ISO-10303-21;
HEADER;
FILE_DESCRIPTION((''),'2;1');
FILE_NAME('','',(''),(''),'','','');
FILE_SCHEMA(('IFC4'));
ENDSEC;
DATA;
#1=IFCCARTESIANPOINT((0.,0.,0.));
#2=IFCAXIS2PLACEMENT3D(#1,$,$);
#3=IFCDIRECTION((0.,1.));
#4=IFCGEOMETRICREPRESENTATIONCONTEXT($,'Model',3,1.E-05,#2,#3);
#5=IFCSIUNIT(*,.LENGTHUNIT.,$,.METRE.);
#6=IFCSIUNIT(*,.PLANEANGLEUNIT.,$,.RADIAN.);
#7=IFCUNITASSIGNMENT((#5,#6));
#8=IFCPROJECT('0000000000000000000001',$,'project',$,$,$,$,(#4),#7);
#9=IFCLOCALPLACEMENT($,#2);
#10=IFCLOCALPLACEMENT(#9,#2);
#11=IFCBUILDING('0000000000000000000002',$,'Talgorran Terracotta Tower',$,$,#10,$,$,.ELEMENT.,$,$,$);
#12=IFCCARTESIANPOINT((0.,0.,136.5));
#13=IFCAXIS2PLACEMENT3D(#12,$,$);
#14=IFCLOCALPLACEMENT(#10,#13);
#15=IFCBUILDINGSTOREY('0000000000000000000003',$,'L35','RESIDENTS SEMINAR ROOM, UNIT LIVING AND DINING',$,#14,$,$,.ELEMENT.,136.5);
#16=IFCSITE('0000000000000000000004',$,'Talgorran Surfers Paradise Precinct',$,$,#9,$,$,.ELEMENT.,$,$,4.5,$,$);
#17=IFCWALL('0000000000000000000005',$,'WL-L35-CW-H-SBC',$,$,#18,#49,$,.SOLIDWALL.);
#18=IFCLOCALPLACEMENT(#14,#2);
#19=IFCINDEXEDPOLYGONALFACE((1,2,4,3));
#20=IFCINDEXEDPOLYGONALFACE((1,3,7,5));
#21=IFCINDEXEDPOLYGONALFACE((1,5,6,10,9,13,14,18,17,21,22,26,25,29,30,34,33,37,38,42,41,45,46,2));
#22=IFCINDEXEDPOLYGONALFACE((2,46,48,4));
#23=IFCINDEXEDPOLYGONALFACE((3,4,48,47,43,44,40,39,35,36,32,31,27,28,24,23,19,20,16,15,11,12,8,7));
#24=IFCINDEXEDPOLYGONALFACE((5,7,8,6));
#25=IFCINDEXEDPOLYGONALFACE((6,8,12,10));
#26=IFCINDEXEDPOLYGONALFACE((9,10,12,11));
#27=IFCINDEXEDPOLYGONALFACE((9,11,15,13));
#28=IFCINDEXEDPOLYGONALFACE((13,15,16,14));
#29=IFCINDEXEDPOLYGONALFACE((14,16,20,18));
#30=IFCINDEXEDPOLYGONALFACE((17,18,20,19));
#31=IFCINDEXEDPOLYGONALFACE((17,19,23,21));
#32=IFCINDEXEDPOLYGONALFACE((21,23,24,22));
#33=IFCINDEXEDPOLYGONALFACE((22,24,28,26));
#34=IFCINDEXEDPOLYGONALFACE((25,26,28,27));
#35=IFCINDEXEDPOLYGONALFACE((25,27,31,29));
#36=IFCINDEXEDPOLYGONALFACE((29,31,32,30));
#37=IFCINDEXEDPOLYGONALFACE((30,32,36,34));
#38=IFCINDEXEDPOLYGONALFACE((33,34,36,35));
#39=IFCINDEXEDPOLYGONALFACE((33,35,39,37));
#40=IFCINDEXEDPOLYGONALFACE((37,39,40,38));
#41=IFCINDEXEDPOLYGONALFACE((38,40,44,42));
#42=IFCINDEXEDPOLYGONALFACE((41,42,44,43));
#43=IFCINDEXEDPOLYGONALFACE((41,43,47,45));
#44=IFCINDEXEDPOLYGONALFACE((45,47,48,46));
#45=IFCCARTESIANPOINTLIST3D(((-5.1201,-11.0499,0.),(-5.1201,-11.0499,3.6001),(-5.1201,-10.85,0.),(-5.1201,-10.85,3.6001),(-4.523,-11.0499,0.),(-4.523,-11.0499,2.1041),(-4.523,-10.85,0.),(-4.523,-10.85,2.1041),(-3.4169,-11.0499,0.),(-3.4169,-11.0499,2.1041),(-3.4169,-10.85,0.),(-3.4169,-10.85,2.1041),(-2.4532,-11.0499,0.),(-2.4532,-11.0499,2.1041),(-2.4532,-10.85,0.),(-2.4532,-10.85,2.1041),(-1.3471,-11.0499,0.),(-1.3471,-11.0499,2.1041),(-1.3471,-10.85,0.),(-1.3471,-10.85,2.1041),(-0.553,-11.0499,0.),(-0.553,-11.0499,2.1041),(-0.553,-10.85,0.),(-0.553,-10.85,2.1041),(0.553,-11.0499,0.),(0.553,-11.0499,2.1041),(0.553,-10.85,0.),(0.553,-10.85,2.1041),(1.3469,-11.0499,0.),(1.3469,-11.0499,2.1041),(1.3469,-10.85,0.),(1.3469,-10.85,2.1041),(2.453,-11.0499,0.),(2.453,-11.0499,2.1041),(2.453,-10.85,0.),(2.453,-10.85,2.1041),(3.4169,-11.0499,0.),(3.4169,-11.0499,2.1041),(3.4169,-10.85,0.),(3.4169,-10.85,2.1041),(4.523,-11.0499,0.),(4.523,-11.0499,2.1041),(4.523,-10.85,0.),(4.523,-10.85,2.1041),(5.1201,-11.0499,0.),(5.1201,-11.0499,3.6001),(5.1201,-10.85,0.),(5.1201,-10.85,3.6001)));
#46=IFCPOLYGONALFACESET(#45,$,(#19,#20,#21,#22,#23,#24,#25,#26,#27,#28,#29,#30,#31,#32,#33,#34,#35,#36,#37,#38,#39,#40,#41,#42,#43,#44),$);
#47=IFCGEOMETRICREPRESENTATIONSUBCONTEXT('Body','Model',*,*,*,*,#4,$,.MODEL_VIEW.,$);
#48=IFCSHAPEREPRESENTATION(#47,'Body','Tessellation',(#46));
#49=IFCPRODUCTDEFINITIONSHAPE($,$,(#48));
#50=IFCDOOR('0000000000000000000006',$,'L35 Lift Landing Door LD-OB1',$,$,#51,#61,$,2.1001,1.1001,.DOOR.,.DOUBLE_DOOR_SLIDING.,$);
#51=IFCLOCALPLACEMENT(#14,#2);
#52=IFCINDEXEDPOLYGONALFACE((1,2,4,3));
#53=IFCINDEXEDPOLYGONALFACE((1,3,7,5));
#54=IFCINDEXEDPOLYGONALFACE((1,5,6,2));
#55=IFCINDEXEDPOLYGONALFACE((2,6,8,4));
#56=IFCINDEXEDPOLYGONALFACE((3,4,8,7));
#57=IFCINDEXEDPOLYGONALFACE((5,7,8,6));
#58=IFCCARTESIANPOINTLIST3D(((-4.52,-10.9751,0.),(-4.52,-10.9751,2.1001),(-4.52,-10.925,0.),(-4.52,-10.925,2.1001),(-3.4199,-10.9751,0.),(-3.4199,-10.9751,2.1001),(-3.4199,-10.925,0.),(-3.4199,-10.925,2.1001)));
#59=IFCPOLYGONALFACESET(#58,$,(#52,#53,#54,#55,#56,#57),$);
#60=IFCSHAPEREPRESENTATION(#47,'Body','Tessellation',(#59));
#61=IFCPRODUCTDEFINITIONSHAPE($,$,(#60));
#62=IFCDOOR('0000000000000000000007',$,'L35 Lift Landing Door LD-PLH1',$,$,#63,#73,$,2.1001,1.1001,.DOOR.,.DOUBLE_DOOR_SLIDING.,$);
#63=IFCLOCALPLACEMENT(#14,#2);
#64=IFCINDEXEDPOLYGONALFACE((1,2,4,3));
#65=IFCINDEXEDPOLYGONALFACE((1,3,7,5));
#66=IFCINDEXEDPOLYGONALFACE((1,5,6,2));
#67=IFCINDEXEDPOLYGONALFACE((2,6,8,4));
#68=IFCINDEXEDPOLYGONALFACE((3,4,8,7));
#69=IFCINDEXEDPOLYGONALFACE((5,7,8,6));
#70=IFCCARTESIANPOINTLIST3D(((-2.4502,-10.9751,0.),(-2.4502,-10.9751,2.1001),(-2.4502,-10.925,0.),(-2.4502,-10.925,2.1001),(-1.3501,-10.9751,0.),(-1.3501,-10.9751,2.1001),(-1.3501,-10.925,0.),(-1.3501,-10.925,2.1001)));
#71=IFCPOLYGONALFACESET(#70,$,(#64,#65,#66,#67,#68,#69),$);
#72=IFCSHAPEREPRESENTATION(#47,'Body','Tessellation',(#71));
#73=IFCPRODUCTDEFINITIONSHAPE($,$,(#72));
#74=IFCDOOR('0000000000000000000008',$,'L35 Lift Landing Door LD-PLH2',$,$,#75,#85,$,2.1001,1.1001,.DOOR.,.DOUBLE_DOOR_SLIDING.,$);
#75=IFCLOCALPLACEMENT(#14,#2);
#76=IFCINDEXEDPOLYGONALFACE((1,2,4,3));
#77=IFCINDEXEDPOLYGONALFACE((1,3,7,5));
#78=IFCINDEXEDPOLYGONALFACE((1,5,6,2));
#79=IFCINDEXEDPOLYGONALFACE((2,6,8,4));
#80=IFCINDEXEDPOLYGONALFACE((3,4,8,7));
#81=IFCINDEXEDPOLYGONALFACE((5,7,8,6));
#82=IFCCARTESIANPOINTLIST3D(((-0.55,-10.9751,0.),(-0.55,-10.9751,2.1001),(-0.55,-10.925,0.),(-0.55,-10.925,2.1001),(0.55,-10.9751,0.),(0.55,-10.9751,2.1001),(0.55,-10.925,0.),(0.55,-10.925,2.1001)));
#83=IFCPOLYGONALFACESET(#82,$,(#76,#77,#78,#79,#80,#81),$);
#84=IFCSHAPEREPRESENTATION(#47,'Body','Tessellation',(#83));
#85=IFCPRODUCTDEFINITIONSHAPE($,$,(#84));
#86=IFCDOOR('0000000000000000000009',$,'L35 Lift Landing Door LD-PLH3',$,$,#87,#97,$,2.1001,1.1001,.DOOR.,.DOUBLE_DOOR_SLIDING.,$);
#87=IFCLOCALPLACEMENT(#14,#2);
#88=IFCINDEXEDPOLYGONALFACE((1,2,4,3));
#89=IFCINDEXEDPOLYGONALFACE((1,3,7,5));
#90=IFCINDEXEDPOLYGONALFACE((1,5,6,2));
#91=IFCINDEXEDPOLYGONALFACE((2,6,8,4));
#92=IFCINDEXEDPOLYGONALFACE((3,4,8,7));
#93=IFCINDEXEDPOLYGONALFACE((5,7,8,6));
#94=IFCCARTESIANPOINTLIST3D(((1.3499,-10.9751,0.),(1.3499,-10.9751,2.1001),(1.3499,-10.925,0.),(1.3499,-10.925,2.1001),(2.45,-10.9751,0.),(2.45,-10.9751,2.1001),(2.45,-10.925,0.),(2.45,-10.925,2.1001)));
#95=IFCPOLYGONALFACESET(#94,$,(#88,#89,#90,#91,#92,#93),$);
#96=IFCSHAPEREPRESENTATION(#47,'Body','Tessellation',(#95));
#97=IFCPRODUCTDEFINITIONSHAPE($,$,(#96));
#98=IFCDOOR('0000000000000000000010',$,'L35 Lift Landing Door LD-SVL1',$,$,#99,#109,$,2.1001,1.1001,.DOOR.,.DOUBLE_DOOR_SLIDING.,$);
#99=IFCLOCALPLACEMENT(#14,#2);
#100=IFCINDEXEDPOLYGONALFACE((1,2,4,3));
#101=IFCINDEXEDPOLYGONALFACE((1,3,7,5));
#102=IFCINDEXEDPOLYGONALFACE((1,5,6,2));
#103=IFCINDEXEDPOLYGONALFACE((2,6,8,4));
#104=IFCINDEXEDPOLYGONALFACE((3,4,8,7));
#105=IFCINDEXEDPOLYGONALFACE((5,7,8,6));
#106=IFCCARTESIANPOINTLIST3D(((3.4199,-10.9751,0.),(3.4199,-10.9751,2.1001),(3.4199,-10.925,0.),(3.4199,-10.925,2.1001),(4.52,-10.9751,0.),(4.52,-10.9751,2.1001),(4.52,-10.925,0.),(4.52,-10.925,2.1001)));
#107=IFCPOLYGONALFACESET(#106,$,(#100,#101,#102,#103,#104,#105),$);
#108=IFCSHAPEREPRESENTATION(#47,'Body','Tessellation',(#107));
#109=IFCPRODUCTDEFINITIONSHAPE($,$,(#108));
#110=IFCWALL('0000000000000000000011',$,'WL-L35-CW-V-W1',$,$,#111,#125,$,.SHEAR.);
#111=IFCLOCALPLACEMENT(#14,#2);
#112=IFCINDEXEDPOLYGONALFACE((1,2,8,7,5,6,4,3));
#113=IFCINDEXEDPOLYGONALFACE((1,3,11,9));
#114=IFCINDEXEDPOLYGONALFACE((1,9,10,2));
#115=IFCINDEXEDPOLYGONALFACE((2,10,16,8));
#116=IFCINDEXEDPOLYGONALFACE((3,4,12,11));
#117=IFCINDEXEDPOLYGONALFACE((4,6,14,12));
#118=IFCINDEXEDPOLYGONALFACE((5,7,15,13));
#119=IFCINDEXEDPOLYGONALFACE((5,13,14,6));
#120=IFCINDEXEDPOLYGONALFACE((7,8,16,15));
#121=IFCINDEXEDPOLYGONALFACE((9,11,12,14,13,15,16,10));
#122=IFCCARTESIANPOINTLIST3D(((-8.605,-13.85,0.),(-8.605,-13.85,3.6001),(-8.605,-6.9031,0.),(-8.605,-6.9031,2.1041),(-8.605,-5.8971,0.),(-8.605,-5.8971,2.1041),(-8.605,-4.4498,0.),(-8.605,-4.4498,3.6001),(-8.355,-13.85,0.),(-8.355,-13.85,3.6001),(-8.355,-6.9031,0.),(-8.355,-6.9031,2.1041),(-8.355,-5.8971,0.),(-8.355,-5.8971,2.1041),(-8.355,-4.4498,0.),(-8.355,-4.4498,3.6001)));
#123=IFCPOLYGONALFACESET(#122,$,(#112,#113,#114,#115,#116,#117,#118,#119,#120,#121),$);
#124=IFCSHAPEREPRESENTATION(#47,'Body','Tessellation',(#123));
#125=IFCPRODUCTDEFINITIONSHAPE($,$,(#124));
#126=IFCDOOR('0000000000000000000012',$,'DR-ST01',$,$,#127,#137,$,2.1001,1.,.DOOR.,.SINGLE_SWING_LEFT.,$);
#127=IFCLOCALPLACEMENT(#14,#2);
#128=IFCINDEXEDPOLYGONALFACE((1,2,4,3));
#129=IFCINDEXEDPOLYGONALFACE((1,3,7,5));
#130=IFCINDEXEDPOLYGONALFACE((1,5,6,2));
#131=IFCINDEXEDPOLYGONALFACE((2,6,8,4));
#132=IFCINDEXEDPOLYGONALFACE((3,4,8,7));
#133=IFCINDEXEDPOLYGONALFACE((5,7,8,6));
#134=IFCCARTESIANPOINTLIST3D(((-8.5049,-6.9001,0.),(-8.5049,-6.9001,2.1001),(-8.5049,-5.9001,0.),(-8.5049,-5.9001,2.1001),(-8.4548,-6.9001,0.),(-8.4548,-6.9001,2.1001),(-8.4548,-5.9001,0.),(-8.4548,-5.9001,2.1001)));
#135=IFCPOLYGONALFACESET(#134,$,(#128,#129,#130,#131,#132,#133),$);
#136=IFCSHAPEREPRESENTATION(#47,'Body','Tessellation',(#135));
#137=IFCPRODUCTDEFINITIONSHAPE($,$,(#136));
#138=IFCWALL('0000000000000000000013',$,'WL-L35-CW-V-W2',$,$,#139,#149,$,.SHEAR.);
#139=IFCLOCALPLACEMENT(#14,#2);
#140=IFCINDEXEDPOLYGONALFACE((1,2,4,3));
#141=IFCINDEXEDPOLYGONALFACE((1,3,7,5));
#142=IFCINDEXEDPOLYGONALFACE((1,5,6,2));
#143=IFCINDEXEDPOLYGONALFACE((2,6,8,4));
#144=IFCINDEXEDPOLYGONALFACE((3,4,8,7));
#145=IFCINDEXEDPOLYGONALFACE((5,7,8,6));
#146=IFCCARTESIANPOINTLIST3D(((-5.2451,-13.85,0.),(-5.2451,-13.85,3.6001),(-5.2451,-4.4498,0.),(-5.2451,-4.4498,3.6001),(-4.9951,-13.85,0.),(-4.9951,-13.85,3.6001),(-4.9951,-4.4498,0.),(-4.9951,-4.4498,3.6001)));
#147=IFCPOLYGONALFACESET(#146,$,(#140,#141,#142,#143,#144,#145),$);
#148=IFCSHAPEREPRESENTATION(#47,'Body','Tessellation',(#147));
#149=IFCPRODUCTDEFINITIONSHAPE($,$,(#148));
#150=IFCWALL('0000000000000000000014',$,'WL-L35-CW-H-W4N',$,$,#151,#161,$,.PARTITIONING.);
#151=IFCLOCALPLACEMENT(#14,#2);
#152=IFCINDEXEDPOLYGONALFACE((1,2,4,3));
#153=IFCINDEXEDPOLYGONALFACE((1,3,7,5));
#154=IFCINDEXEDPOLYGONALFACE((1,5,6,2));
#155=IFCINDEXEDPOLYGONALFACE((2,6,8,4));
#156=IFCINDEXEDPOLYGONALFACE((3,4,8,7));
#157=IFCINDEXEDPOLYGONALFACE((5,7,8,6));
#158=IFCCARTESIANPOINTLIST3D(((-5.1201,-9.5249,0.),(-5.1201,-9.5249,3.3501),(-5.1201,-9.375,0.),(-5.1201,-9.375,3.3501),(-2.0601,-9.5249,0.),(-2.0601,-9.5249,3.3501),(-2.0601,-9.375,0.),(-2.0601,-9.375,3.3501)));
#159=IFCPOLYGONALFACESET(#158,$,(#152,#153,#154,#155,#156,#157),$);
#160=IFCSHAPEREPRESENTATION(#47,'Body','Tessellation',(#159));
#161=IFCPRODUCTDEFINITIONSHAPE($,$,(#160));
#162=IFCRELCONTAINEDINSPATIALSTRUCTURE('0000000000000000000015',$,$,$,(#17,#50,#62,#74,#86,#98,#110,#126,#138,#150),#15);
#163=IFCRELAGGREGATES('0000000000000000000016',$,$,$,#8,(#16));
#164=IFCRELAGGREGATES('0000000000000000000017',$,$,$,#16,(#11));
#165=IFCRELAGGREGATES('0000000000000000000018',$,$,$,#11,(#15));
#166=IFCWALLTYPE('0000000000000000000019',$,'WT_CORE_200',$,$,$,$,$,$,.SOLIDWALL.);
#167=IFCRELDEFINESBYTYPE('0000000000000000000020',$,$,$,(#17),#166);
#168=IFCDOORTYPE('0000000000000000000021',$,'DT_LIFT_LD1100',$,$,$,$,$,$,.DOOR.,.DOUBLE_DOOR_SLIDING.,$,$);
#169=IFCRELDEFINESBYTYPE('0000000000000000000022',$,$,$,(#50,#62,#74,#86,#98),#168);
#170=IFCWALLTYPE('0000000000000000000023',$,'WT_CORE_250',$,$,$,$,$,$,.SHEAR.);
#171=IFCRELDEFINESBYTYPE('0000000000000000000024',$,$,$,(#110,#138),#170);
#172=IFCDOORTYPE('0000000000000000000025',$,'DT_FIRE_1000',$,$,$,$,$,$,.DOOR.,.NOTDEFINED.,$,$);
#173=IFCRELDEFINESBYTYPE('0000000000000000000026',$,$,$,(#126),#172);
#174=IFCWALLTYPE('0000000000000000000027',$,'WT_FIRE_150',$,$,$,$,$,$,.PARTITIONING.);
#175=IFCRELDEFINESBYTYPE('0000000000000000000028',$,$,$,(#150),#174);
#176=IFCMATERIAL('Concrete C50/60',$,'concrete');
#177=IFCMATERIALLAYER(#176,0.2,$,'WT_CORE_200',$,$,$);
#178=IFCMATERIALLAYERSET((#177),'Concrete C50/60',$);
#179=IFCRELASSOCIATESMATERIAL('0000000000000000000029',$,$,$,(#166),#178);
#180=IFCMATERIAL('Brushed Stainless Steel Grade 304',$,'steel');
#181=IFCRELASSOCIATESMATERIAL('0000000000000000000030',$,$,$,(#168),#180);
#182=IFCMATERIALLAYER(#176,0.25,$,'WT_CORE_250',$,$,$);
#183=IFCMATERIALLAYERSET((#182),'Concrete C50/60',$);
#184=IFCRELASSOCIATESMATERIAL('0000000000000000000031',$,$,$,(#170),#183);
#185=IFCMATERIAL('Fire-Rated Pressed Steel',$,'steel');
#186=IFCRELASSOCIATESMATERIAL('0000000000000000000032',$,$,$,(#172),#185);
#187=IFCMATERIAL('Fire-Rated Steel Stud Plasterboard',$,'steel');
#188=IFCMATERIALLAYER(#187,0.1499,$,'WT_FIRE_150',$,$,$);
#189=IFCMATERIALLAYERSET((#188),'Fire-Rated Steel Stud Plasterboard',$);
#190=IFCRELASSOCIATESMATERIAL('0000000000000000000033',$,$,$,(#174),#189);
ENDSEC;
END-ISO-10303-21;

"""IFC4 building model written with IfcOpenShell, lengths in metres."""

from ifc_helpers import new_model, si_unit, direction, frame, frame_2d, origin, place, context, subcontext, project, spatial, rectangle, extrude, material, layer, layer_set, type_object, element, fill, save


model = new_model("IFC4")

# Units and contexts
model_context = context("Model", 3, precision=1e-05, world=origin(), true_north=direction((0.0, 1.0)))
body_context = subcontext(model_context, "Body", "Model", "MODEL_VIEW")
ifc_project = project(units=[si_unit("LENGTHUNIT", "METRE"), si_unit("PLANEANGLEUNIT", "RADIAN")], contexts=[model_context])

# Site, building, storey
site_placement = place(None, origin())
site = spatial("IfcSite", under=ifc_project, at=site_placement, Name="Talgorran Surfers Paradise Precinct", CompositionType="ELEMENT", RefElevation=4.5)
building_placement = place(site_placement, origin())
building = spatial("IfcBuilding", under=site, at=building_placement, Name="Talgorran Terracotta Tower", CompositionType="ELEMENT")
storey_placement = place(building_placement, frame((0.0, 0.0, 136.5)))
storey = spatial("IfcBuildingStorey", under=building, at=storey_placement, Name="L35", Description="RESIDENTS SEMINAR ROOM, UNIT LIVING AND DINING", CompositionType="ELEMENT", Elevation=136.5)

# Shared definitions
ifc_material_1 = material(Name="Concrete C50/60", Category="concrete")

# Wall, openings, doors
ifc_layer_1 = layer(ifc_material_1, 0.2, Name="WT_CORE_200")
ifc_layer_set_1 = layer_set([ifc_layer_1], Name="Concrete C50/60")
wall_type_1 = type_object("IfcWallType", Name="WT_CORE_200", PredefinedType="SOLIDWALL", material=ifc_layer_set_1)
ifc_material_2 = material(Name="Brushed Stainless Steel Grade 304", Category="steel")
door_type_1 = type_object("IfcDoorType", Name="DT_LIFT_LD1100", OperationType="DOUBLE_DOOR_SLIDING", PredefinedType="DOOR", material=ifc_material_2)
ifc_material_3 = material(Name="Fire-Rated Pressed Steel", Category="steel")
wall_1_placement = place(storey_placement, frame((-5.1201, -10.95, 0.0), z_axis=(0.0, 0.0, 1.0), x_axis=(1.0, 0.0, 0.0)))
wall_1 = element("IfcWall", 1, at=wall_1_placement, inside=storey, type_object=wall_type_1, Name="WL-L35-CW-H-SBC", PredefinedType="SOLIDWALL", context=body_context, shape_type="SweptSolid", body=[
    extrude(rectangle(XDim=10.2402, YDim=0.2, at=frame_2d((5.1201, 0.0))), origin(), (0.0, 0.0, 1.0), 3.6001),
])
opening_1_placement = place(wall_1_placement, frame((0.6001, 0.0, 0.0)))
opening_1 = element("IfcOpeningElement", 2, at=opening_1_placement, cuts=wall_1, PredefinedType="OPENING", context=body_context, shape_type="SweptSolid", body=[
    extrude(rectangle(XDim=1.1061, YDim=2.1041, at=frame_2d((0.55, 1.052))), frame((0.0, 0.1099, 0.0), z_axis=(0.0, -1.0, 0.0), x_axis=(1.0, 0.0, 0.0)), (0.0, 0.0, 1.0), 0.22),
])
opening_2_placement = place(wall_1_placement, frame((2.6699, 0.0, 0.0)))
opening_2 = element("IfcOpeningElement", 3, at=opening_2_placement, cuts=wall_1, PredefinedType="OPENING", context=body_context, shape_type="SweptSolid", body=[
    extrude(rectangle(XDim=1.1061, YDim=2.1041, at=frame_2d((0.55, 1.052))), frame((0.0, 0.1099, 0.0), z_axis=(0.0, -1.0, 0.0), x_axis=(1.0, 0.0, 0.0)), (0.0, 0.0, 1.0), 0.22),
])
opening_3_placement = place(wall_1_placement, frame((4.5701, 0.0, 0.0)))
opening_3 = element("IfcOpeningElement", 4, at=opening_3_placement, cuts=wall_1, PredefinedType="OPENING", context=body_context, shape_type="SweptSolid", body=[
    extrude(rectangle(XDim=1.1061, YDim=2.1041, at=frame_2d((0.55, 1.052))), frame((0.0, 0.1099, 0.0), z_axis=(0.0, -1.0, 0.0), x_axis=(1.0, 0.0, 0.0)), (0.0, 0.0, 1.0), 0.22),
])
opening_4_placement = place(wall_1_placement, frame((6.47, 0.0, 0.0)))
opening_4 = element("IfcOpeningElement", 5, at=opening_4_placement, cuts=wall_1, PredefinedType="OPENING", context=body_context, shape_type="SweptSolid", body=[
    extrude(rectangle(XDim=1.1061, YDim=2.1041, at=frame_2d((0.55, 1.052))), frame((0.0, 0.1099, 0.0), z_axis=(0.0, -1.0, 0.0), x_axis=(1.0, 0.0, 0.0)), (0.0, 0.0, 1.0), 0.22),
])
opening_5_placement = place(wall_1_placement, frame((8.54, 0.0, 0.0)))
opening_5 = element("IfcOpeningElement", 6, at=opening_5_placement, cuts=wall_1, PredefinedType="OPENING", context=body_context, shape_type="SweptSolid", body=[
    extrude(rectangle(XDim=1.1061, YDim=2.1041, at=frame_2d((0.55, 1.052))), frame((0.0, 0.1099, 0.0), z_axis=(0.0, -1.0, 0.0), x_axis=(1.0, 0.0, 0.0)), (0.0, 0.0, 1.0), 0.22),
])
door_1_placement = place(opening_1_placement, origin())
door_1 = element("IfcDoor", 7, at=door_1_placement, inside=storey, type_object=door_type_1, Name="L35 Lift Landing Door LD-OB1", OperationType="DOUBLE_DOOR_SLIDING", OverallHeight=2.1001, OverallWidth=1.1001, PredefinedType="DOOR", context=body_context, shape_type="SweptSolid", body=[
    extrude(rectangle(XDim=1.1001, YDim=2.1001, at=frame_2d((0.55, 1.05))), frame((0.0, 0.0249, 0.0), z_axis=(0.0, -1.0, 0.0), x_axis=(1.0, 0.0, 0.0)), (0.0, 0.0, 1.0), 0.05),
])
fill(opening_1, door_1)
door_2_placement = place(opening_2_placement, origin())
door_2 = element("IfcDoor", 8, at=door_2_placement, inside=storey, type_object=door_type_1, Name="L35 Lift Landing Door LD-PLH1", OperationType="DOUBLE_DOOR_SLIDING", OverallHeight=2.1001, OverallWidth=1.1001, PredefinedType="DOOR", context=body_context, shape_type="SweptSolid", body=[
    extrude(rectangle(XDim=1.1001, YDim=2.1001, at=frame_2d((0.55, 1.05))), frame((0.0, 0.0249, 0.0), z_axis=(0.0, -1.0, 0.0), x_axis=(1.0, 0.0, 0.0)), (0.0, 0.0, 1.0), 0.05),
])
fill(opening_2, door_2)
door_3_placement = place(opening_3_placement, origin())
door_3 = element("IfcDoor", 9, at=door_3_placement, inside=storey, type_object=door_type_1, Name="L35 Lift Landing Door LD-PLH2", OperationType="DOUBLE_DOOR_SLIDING", OverallHeight=2.1001, OverallWidth=1.1001, PredefinedType="DOOR", context=body_context, shape_type="SweptSolid", body=[
    extrude(rectangle(XDim=1.1001, YDim=2.1001, at=frame_2d((0.55, 1.05))), frame((0.0, 0.0249, 0.0), z_axis=(0.0, -1.0, 0.0), x_axis=(1.0, 0.0, 0.0)), (0.0, 0.0, 1.0), 0.05),
])
fill(opening_3, door_3)
door_4_placement = place(opening_4_placement, origin())
door_4 = element("IfcDoor", 10, at=door_4_placement, inside=storey, type_object=door_type_1, Name="L35 Lift Landing Door LD-PLH3", OperationType="DOUBLE_DOOR_SLIDING", OverallHeight=2.1001, OverallWidth=1.1001, PredefinedType="DOOR", context=body_context, shape_type="SweptSolid", body=[
    extrude(rectangle(XDim=1.1001, YDim=2.1001, at=frame_2d((0.55, 1.05))), frame((0.0, 0.0249, 0.0), z_axis=(0.0, -1.0, 0.0), x_axis=(1.0, 0.0, 0.0)), (0.0, 0.0, 1.0), 0.05),
])
fill(opening_4, door_4)
door_5_placement = place(opening_5_placement, origin())
door_5 = element("IfcDoor", 11, at=door_5_placement, inside=storey, type_object=door_type_1, Name="L35 Lift Landing Door LD-SVL1", OperationType="DOUBLE_DOOR_SLIDING", OverallHeight=2.1001, OverallWidth=1.1001, PredefinedType="DOOR", context=body_context, shape_type="SweptSolid", body=[
    extrude(rectangle(XDim=1.1001, YDim=2.1001, at=frame_2d((0.55, 1.05))), frame((0.0, 0.0249, 0.0), z_axis=(0.0, -1.0, 0.0), x_axis=(1.0, 0.0, 0.0)), (0.0, 0.0, 1.0), 0.05),
])
fill(opening_5, door_5)

# Wall, opening, door
ifc_layer_2 = layer(ifc_material_1, 0.25, Name="WT_CORE_250")
ifc_layer_set_2 = layer_set([ifc_layer_2], Name="Concrete C50/60")
wall_type_2 = type_object("IfcWallType", Name="WT_CORE_250", PredefinedType="SHEAR", material=ifc_layer_set_2)
wall_2_placement = place(storey_placement, frame((-8.48, -13.8501, 0.0), z_axis=(0.0, 0.0, 1.0), x_axis=(0.0, 1.0, 0.0)))
wall_2 = element("IfcWall", 12, at=wall_2_placement, inside=storey, type_object=wall_type_2, Name="WL-L35-CW-V-W1", PredefinedType="SHEAR", context=body_context, shape_type="SweptSolid", body=[
    extrude(rectangle(XDim=9.4001, YDim=0.25, at=frame_2d((4.7002, 0.0))), origin(), (0.0, 0.0, 1.0), 3.6001),
])
opening_6_placement = place(wall_2_placement, frame((6.95, 0.0, 0.0)))
opening_6 = element("IfcOpeningElement", 13, at=opening_6_placement, cuts=wall_2, PredefinedType="OPENING", context=body_context, shape_type="SweptSolid", body=[
    extrude(rectangle(XDim=1.006, YDim=2.1041, at=frame_2d((0.5, 1.052))), frame((0.0, 0.135, 0.0), z_axis=(0.0, -1.0, 0.0), x_axis=(1.0, 0.0, 0.0)), (0.0, 0.0, 1.0), 0.27),
])
door_type_2 = type_object("IfcDoorType", Name="DT_FIRE_1000", OperationType="NOTDEFINED", PredefinedType="DOOR", material=ifc_material_3)
door_6_placement = place(opening_6_placement, origin())
door_6 = element("IfcDoor", 14, at=door_6_placement, inside=storey, type_object=door_type_2, Name="DR-ST01", OperationType="SINGLE_SWING_LEFT", OverallHeight=2.1001, OverallWidth=1.0, PredefinedType="DOOR", context=body_context, shape_type="SweptSolid", body=[
    extrude(rectangle(XDim=1.0, YDim=2.1001, at=frame_2d((0.5, 1.05))), frame((0.0, 0.0249, 0.0), z_axis=(0.0, -1.0, 0.0), x_axis=(1.0, 0.0, 0.0)), (0.0, 0.0, 1.0), 0.05),
])
fill(opening_6, door_6)

# Walls
wall_3_placement = place(storey_placement, frame((-5.1201, -13.8501, 0.0), z_axis=(0.0, 0.0, 1.0), x_axis=(0.0, 1.0, 0.0)))
element("IfcWall", 15, at=wall_3_placement, inside=storey, type_object=wall_type_2, Name="WL-L35-CW-V-W2", PredefinedType="SHEAR", context=body_context, shape_type="SweptSolid", body=[
    extrude(rectangle(XDim=9.4001, YDim=0.25, at=frame_2d((4.7002, 0.0))), origin(), (0.0, 0.0, 1.0), 3.6001),
])
ifc_material_4 = material(Name="Fire-Rated Steel Stud Plasterboard", Category="steel")
ifc_layer_3 = layer(ifc_material_4, 0.1499, Name="WT_FIRE_150")
ifc_layer_set_3 = layer_set([ifc_layer_3], Name="Fire-Rated Steel Stud Plasterboard")
wall_type_3 = type_object("IfcWallType", Name="WT_FIRE_150", PredefinedType="PARTITIONING", material=ifc_layer_set_3)
wall_4_placement = place(storey_placement, frame((-5.1201, -9.45, 0.0), z_axis=(0.0, 0.0, 1.0), x_axis=(1.0, 0.0, 0.0)))
element("IfcWall", 16, at=wall_4_placement, inside=storey, type_object=wall_type_3, Name="WL-L35-CW-H-W4N", PredefinedType="PARTITIONING", context=body_context, shape_type="SweptSolid", body=[
    extrude(rectangle(XDim=3.0601, YDim=0.1499, at=frame_2d((1.53, 0.0))), origin(), (0.0, 0.0, 1.0), 3.3501),
])

save(model, "model.ifc")
